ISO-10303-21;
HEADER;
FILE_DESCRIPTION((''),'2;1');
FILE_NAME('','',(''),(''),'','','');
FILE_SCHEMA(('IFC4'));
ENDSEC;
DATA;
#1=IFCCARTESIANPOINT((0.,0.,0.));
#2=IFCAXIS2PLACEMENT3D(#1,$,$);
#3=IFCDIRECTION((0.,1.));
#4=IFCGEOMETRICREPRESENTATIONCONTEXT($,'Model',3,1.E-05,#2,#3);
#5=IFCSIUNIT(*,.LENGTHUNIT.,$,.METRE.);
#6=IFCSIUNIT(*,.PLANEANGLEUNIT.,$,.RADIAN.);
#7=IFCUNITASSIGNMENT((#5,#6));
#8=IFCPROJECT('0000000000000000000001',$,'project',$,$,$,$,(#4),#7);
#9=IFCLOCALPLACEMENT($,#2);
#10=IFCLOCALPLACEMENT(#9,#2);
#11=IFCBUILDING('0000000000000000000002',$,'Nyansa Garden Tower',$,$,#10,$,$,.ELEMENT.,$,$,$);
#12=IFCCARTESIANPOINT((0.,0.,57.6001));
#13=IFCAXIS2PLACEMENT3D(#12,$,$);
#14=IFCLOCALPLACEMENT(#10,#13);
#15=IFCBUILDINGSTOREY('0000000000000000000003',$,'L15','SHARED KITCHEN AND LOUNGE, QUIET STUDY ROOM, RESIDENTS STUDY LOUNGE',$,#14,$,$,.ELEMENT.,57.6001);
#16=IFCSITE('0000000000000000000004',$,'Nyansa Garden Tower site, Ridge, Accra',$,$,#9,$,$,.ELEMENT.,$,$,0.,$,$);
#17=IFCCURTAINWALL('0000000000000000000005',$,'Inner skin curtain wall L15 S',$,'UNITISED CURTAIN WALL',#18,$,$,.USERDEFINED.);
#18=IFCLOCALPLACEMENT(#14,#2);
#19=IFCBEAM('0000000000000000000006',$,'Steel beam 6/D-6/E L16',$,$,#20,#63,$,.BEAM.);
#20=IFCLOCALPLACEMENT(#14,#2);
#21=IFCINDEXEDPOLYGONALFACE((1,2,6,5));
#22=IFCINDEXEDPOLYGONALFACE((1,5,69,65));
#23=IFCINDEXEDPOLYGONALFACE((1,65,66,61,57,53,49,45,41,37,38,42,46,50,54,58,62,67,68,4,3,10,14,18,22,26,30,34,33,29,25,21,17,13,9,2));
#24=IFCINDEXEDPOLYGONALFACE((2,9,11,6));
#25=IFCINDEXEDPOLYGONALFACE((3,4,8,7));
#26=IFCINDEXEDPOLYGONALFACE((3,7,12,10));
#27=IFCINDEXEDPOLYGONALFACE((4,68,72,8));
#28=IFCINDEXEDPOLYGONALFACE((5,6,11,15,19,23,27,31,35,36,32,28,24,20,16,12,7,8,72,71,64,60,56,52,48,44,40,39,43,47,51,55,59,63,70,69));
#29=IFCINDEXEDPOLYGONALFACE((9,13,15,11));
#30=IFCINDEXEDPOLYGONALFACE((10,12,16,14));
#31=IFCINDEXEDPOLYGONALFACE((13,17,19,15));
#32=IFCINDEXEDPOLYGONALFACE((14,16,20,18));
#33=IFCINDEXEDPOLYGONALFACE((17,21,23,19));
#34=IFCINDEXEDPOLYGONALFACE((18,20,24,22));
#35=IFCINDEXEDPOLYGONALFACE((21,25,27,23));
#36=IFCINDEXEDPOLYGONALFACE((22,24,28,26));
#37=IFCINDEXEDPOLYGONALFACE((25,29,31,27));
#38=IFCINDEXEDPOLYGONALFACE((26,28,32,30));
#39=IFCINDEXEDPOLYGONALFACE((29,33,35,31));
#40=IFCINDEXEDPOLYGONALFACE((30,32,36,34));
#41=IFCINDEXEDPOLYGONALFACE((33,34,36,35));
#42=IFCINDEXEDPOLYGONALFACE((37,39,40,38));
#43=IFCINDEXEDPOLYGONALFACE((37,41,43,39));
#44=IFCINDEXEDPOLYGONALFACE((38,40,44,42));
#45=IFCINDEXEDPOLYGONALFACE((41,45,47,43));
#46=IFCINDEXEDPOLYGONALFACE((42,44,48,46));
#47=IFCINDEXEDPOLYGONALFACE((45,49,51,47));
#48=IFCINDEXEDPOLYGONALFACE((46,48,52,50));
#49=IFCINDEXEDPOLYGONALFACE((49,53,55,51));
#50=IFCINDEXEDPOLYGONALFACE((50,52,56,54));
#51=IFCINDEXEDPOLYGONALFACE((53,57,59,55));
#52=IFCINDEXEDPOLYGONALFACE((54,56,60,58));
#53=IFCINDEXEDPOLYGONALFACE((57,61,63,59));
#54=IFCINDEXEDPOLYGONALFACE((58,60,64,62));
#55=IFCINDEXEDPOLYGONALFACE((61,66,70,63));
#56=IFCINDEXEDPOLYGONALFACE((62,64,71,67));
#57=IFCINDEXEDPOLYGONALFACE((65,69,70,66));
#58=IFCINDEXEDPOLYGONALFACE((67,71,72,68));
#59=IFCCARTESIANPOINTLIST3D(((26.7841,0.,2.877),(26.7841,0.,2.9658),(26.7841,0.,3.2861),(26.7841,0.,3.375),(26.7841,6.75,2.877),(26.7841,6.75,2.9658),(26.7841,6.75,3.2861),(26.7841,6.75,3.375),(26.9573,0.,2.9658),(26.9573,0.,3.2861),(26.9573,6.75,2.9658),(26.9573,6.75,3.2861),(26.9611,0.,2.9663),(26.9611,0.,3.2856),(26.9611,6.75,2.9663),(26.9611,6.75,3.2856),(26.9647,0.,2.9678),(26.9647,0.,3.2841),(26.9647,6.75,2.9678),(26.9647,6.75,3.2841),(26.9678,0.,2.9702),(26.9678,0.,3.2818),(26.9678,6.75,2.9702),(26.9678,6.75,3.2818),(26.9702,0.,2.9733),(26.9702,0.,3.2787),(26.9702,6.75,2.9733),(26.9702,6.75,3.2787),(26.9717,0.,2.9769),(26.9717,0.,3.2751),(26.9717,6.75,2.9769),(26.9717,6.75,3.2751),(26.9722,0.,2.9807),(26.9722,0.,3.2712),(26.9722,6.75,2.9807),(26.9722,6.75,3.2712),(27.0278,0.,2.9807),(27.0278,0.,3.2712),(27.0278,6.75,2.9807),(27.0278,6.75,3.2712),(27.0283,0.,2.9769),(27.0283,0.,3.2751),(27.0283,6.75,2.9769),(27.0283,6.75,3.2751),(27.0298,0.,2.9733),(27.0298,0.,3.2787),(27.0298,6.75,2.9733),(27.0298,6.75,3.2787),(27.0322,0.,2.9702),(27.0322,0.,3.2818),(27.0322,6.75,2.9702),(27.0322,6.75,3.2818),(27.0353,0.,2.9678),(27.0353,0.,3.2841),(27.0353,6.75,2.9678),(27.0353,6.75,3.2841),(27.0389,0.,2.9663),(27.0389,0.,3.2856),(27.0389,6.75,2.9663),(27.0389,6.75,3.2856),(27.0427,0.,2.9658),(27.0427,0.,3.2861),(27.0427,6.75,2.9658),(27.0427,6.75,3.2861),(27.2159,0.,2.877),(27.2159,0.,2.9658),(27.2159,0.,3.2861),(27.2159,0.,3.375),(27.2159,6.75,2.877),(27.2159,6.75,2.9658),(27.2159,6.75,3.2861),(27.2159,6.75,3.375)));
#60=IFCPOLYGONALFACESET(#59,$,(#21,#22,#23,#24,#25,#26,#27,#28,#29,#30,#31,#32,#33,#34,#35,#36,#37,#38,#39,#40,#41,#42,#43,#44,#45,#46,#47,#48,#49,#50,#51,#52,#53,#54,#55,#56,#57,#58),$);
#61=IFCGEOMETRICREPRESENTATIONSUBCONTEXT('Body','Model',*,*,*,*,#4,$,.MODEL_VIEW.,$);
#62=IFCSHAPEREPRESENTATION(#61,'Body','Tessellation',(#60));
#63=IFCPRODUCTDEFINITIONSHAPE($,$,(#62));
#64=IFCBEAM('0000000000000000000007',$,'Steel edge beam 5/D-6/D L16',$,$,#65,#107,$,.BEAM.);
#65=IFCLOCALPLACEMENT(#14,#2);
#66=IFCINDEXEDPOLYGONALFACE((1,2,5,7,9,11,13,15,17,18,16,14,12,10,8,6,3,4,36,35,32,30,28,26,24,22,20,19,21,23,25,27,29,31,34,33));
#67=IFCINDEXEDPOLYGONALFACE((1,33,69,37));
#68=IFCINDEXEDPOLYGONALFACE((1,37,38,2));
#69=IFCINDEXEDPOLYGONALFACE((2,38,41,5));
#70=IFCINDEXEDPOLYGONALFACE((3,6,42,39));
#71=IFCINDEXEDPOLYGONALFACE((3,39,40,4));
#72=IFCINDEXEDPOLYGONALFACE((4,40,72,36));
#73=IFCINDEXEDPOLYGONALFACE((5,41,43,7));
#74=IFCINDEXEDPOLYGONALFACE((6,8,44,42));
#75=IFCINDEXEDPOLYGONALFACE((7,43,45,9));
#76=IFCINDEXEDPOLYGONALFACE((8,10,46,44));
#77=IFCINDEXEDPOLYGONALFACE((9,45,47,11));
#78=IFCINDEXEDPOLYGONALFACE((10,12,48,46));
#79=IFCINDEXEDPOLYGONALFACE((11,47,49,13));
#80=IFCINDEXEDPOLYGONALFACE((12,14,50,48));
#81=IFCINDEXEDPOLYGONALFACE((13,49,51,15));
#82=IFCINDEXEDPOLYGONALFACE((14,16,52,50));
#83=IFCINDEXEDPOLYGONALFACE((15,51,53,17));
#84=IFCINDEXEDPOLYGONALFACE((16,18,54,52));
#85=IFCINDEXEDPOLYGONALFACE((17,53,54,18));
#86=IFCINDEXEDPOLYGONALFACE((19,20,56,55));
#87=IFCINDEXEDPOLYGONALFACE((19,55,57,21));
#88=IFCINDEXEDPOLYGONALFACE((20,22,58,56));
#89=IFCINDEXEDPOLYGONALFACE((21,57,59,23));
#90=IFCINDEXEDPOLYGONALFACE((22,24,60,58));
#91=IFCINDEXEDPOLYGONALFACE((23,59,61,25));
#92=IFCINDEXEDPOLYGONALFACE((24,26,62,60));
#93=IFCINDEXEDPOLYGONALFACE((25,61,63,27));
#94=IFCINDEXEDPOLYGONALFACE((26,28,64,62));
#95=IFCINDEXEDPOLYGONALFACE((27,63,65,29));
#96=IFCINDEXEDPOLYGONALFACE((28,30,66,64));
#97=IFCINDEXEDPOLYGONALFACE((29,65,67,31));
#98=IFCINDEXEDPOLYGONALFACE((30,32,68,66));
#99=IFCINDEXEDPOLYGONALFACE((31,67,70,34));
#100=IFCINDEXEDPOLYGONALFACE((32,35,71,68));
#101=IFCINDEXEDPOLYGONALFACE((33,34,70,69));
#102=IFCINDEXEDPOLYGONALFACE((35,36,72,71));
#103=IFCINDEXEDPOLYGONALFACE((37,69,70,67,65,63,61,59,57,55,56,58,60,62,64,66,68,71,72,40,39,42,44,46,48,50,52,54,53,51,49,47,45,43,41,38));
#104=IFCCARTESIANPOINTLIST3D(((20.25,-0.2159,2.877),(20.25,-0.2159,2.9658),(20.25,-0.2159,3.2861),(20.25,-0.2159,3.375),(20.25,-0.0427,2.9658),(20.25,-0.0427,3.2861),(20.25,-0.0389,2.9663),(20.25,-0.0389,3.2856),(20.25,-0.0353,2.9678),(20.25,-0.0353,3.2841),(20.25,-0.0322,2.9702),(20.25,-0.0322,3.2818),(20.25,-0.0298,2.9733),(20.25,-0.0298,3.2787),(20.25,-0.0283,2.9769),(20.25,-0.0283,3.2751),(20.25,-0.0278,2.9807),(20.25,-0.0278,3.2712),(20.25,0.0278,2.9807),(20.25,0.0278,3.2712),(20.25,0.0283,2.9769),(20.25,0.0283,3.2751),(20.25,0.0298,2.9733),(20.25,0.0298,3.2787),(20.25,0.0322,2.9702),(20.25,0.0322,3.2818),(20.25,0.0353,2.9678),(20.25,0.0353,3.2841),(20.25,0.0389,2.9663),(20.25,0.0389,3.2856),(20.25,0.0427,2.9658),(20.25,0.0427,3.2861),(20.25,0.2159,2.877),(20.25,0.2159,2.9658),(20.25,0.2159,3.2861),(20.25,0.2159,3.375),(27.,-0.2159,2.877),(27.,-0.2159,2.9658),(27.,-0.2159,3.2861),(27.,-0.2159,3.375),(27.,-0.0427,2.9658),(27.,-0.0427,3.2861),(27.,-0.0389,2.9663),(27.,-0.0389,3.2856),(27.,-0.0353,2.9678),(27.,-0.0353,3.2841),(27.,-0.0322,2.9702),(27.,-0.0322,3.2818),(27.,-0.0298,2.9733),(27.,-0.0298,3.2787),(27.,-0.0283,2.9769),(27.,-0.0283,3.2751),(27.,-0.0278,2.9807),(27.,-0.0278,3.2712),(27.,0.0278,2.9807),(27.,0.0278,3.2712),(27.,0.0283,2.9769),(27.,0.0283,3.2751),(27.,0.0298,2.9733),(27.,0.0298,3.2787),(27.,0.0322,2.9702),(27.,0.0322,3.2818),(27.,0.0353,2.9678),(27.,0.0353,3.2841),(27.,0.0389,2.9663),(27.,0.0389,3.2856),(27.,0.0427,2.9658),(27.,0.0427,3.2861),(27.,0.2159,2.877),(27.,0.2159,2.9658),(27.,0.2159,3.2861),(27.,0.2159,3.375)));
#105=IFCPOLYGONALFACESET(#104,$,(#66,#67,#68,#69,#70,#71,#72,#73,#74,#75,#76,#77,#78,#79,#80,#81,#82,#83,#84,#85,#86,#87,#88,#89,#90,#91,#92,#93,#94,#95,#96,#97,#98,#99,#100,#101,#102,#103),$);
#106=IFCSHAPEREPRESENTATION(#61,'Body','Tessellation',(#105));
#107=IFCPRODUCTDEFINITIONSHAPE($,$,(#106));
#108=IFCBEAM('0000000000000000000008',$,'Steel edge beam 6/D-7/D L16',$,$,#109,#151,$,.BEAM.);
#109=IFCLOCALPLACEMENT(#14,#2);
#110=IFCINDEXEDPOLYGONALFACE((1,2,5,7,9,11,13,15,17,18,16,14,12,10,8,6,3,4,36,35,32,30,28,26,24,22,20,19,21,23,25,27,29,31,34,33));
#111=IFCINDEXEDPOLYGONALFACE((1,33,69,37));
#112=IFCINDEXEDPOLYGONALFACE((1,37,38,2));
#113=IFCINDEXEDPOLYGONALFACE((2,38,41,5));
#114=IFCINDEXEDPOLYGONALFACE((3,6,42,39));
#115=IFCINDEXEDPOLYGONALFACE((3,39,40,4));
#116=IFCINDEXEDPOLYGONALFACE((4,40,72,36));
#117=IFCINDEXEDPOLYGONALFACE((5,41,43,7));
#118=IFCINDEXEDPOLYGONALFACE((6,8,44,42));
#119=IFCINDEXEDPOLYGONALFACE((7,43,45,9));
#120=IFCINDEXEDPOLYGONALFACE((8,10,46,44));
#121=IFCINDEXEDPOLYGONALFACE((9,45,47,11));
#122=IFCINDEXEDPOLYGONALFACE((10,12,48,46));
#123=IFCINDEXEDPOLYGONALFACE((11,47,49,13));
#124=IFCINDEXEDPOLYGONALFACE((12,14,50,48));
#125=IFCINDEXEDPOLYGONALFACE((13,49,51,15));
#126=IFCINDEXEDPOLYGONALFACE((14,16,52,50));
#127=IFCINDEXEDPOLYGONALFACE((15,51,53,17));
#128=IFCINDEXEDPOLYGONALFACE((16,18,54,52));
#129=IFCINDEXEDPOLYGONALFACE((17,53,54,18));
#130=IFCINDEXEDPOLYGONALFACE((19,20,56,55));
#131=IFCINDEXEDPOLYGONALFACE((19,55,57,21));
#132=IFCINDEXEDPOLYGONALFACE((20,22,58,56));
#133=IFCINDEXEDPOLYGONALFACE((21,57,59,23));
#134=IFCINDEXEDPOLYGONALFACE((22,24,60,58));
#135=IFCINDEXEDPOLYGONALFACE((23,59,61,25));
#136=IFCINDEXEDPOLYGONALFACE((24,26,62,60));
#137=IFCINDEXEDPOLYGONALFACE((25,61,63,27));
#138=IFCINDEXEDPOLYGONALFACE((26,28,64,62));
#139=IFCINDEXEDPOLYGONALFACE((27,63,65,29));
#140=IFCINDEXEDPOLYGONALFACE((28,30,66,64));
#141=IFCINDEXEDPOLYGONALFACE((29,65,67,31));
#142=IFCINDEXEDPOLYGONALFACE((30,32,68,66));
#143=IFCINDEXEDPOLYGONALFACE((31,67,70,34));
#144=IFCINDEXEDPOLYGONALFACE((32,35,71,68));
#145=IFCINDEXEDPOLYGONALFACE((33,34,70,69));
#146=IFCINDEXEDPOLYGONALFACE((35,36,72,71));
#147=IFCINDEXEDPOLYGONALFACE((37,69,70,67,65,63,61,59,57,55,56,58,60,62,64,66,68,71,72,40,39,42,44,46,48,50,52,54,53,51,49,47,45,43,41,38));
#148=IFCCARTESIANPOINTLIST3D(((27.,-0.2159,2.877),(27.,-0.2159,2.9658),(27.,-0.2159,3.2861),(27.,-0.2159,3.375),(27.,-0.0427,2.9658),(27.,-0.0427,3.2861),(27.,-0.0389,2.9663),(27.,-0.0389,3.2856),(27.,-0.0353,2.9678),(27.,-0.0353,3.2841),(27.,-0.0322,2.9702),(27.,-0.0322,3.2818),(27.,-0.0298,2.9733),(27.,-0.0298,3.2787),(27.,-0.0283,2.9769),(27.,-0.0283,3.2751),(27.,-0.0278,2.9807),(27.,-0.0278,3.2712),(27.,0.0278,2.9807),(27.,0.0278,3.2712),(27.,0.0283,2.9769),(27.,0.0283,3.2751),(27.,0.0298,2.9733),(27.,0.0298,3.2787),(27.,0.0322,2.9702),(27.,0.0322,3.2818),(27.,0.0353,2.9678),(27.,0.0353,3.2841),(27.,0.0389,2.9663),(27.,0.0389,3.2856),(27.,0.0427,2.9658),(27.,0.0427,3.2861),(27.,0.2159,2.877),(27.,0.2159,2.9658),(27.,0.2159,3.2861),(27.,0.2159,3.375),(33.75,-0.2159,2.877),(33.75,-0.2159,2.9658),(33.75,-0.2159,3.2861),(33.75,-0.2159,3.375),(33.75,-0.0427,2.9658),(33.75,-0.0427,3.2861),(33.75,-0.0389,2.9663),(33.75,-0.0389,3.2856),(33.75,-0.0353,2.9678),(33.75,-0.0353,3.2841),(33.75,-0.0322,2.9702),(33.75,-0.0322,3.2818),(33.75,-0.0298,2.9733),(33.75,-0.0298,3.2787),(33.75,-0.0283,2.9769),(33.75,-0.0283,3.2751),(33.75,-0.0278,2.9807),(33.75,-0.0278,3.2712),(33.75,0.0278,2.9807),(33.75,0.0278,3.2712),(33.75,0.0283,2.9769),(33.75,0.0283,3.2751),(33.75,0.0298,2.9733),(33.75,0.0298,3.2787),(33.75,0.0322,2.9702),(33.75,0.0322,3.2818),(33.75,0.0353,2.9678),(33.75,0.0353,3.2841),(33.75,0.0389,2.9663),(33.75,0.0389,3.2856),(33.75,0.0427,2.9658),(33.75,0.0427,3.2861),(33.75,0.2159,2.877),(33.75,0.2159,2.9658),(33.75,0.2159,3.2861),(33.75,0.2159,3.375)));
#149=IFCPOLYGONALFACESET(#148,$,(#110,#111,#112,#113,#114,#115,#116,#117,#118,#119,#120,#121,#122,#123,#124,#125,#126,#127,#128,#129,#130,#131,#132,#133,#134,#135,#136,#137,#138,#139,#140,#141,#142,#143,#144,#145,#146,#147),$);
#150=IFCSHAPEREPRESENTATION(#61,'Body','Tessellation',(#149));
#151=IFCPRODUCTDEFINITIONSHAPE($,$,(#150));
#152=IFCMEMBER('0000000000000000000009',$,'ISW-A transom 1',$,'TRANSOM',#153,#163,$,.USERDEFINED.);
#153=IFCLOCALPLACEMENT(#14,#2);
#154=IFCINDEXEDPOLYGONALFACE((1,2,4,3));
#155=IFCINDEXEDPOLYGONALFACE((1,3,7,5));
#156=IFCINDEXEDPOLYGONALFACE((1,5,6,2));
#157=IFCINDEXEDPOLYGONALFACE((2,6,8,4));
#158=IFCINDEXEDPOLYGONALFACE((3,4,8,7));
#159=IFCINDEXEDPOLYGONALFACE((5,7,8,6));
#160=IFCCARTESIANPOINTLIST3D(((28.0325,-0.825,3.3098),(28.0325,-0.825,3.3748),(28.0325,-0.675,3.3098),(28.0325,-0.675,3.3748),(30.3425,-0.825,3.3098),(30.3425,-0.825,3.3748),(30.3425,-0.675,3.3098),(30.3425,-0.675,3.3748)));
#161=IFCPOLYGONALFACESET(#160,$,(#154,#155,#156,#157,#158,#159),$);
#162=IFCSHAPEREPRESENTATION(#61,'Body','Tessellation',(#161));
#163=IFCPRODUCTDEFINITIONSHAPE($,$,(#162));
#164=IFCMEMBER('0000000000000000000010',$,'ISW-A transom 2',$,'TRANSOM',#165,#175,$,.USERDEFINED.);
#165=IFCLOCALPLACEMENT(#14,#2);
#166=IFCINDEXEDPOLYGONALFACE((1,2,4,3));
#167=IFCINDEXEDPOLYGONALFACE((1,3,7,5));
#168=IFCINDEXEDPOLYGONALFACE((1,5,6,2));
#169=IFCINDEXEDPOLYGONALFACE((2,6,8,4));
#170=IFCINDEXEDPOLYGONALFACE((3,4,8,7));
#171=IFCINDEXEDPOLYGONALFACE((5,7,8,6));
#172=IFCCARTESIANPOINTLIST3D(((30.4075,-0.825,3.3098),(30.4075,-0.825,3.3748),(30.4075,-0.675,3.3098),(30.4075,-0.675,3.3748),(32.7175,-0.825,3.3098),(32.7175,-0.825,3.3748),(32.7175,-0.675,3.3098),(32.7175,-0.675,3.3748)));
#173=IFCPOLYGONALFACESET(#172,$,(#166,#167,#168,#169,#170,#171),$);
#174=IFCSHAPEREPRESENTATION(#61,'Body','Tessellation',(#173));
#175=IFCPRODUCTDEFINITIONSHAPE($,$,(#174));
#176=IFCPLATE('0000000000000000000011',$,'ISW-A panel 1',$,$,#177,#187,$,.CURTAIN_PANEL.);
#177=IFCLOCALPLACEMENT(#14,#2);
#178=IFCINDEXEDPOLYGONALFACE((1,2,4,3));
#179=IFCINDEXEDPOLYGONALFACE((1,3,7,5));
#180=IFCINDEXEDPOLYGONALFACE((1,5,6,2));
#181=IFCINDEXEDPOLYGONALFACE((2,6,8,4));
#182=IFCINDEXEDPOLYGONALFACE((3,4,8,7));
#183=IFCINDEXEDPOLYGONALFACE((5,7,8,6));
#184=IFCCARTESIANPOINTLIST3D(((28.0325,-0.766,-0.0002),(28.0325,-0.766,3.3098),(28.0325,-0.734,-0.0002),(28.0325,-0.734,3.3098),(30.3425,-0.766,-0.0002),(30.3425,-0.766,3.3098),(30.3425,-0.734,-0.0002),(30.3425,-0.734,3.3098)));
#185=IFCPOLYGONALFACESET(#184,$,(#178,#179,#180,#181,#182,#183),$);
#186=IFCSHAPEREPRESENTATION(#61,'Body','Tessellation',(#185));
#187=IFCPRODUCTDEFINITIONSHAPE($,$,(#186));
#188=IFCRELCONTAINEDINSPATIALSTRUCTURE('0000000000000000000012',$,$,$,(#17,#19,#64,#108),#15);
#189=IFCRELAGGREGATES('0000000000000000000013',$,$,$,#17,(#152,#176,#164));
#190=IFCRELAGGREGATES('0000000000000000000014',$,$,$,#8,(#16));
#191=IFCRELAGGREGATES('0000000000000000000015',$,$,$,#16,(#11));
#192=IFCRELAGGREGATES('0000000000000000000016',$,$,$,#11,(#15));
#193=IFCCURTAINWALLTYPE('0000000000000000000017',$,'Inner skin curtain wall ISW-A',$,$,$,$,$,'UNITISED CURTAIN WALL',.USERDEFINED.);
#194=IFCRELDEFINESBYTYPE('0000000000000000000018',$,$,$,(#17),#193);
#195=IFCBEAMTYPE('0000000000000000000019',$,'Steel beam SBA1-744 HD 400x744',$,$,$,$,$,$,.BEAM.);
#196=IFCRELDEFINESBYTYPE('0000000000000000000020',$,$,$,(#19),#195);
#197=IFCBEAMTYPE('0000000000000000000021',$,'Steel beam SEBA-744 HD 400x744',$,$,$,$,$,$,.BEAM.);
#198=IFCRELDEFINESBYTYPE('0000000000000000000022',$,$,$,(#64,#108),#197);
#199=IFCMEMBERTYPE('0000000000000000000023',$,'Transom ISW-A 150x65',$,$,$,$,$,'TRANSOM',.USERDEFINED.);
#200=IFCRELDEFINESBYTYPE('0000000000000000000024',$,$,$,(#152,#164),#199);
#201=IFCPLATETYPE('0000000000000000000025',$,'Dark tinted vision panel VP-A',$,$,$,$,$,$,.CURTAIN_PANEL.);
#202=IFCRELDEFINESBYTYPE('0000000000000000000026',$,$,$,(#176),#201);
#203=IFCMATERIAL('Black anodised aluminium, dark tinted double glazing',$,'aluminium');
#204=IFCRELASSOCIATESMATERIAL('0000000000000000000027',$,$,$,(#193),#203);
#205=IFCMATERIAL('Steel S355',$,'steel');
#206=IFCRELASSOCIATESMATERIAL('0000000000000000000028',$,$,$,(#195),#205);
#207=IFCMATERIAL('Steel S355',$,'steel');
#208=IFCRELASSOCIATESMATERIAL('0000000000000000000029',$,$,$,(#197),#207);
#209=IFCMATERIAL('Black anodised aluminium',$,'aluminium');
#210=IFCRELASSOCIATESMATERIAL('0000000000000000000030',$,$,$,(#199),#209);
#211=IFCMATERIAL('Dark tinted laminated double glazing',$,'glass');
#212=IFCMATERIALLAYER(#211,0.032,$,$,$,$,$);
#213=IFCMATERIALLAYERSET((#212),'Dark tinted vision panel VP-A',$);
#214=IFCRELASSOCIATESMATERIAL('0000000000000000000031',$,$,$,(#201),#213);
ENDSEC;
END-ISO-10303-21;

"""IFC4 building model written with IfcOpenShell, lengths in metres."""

from ifc_helpers import new_model, si_unit, direction, frame, origin, origin_2d, place, context, subcontext, project, spatial, rectangle, i_section, extrude, material, layer, layer_set, material_profile, profile_set, type_object, element, aggregate, save


model = new_model("IFC4")

# Units and contexts
model_context = context("Model", 3, precision=1e-05, world=origin(), true_north=direction((0.0, 1.0)))
body_context = subcontext(model_context, "Body", "Model", "MODEL_VIEW")
ifc_project = project(units=[si_unit("LENGTHUNIT", "METRE"), si_unit("PLANEANGLEUNIT", "RADIAN")], contexts=[model_context])

# Site, building, storey
site_placement = place(None, origin())
site = spatial("IfcSite", under=ifc_project, at=site_placement, Name="Nyansa Garden Tower site, Ridge, Accra", CompositionType="ELEMENT", RefElevation=0.0)
building_placement = place(site_placement, origin())
building = spatial("IfcBuilding", under=site, at=building_placement, Name="Nyansa Garden Tower", CompositionType="ELEMENT")
storey_placement = place(building_placement, frame((0.0, 0.0, 57.6001)))
storey = spatial("IfcBuildingStorey", under=building, at=storey_placement, Name="L15", Description="SHARED KITCHEN AND LOUNGE, QUIET STUDY ROOM, RESIDENTS STUDY LOUNGE", CompositionType="ELEMENT", Elevation=57.6001)

# Curtain wall
ifc_material_1 = material(Name="Black anodised aluminium, dark tinted double glazing", Category="aluminium")
curtain_wall_type = type_object("IfcCurtainWallType", Name="Inner skin curtain wall ISW-A", ElementType="UNITISED CURTAIN WALL", PredefinedType="USERDEFINED", material=ifc_material_1)
curtain_wall_placement = place(storey_placement, origin())
curtain_wall = element("IfcCurtainWall", 1, at=curtain_wall_placement, inside=storey, type_object=curtain_wall_type, Name="Inner skin curtain wall L15 S", ObjectType="UNITISED CURTAIN WALL", PredefinedType="USERDEFINED")

# Beams
ifc_material_2 = material(Name="Steel S355", Category="steel")
ifc_material_profile_1 = material_profile(ifc_material_2, i_section(OverallWidth=0.4319, OverallDepth=0.498, WebThickness=0.0557, FlangeThickness=0.0889, FilletRadius=0.0149, at=origin_2d()), Name="HD 400x744")
ifc_profile_set_1 = profile_set([ifc_material_profile_1], Name="Steel S355")
beam_type_1 = type_object("IfcBeamType", Name="Steel beam SBA1-744 HD 400x744", PredefinedType="BEAM", material=ifc_profile_set_1)
beam_1_placement = place(storey_placement, frame((27.0, 0.0, 3.126), z_axis=(0.0, 1.0, 0.0), x_axis=(-1.0, 0.0, 0.0)))
element("IfcBeam", 2, at=beam_1_placement, inside=storey, type_object=beam_type_1, Name="Steel beam 6/D-6/E L16", PredefinedType="BEAM", context=body_context, shape_type="SweptSolid", body=[
    extrude(i_section(OverallWidth=0.4319, OverallDepth=0.498, WebThickness=0.0557, FlangeThickness=0.0889, FilletRadius=0.0149, at=origin_2d()), origin(), (0.0, 0.0, 1.0), 6.75),
])
ifc_material_3 = material(Name="Steel S355", Category="steel")
ifc_material_profile_2 = material_profile(ifc_material_3, i_section(OverallWidth=0.4319, OverallDepth=0.498, WebThickness=0.0557, FlangeThickness=0.0889, FilletRadius=0.0149, at=origin_2d()), Name="HD 400x744")
ifc_profile_set_2 = profile_set([ifc_material_profile_2], Name="Steel S355")
beam_type_2 = type_object("IfcBeamType", Name="Steel beam SEBA-744 HD 400x744", PredefinedType="BEAM", material=ifc_profile_set_2)
for number, where, z_axis, x_axis, name in (
    (3, (20.25, 0.0, 3.126), (1.0, 0.0, 0.0), (0.0, 1.0, 0.0), "Steel edge beam 5/D-6/D L16"),
    (4, (27.0, 0.0, 3.126), (1.0, 0.0, 0.0), (0.0, 1.0, 0.0), "Steel edge beam 6/D-7/D L16"),
):
    element("IfcBeam", number, at=place(storey_placement, frame(where, z_axis=z_axis, x_axis=x_axis)), inside=storey, type_object=beam_type_2, Name=name, PredefinedType="BEAM", context=body_context, shape_type="SweptSolid", body=[
        extrude(i_section(OverallWidth=0.4319, OverallDepth=0.498, WebThickness=0.0557, FlangeThickness=0.0889, FilletRadius=0.0149, at=origin_2d()), origin(), (0.0, 0.0, 1.0), 6.75),
    ])

# Members
ifc_material_4 = material(Name="Black anodised aluminium", Category="aluminium")
ifc_material_profile_3 = material_profile(ifc_material_4, rectangle(XDim=0.1499, YDim=0.0649, at=origin_2d()), Name="Transom 150x65")
ifc_profile_set_3 = profile_set([ifc_material_profile_3], Name="Black anodised aluminium")
member_type_1 = type_object("IfcMemberType", Name="Transom ISW-A 150x65", ElementType="TRANSOM", PredefinedType="USERDEFINED", material=ifc_profile_set_3)
member_1_placement = place(storey_placement, frame((28.0325, -0.75, 3.3423), z_axis=(1.0, 0.0, 0.0), x_axis=(0.0, 1.0, 0.0)))
member_1 = element("IfcMember", 5, at=member_1_placement, type_object=member_type_1, Name="ISW-A transom 1", ObjectType="TRANSOM", PredefinedType="USERDEFINED", context=body_context, shape_type="SweptSolid", body=[
    extrude(rectangle(XDim=0.1499, YDim=0.0649, at=origin_2d()), origin(), (0.0, 0.0, 1.0), 2.3101),
])
member_2_placement = place(storey_placement, frame((30.4075, -0.75, 3.3423), z_axis=(1.0, 0.0, 0.0), x_axis=(0.0, 1.0, 0.0)))
member_2 = element("IfcMember", 6, at=member_2_placement, type_object=member_type_1, Name="ISW-A transom 2", ObjectType="TRANSOM", PredefinedType="USERDEFINED", context=body_context, shape_type="SweptSolid", body=[
    extrude(rectangle(XDim=0.1499, YDim=0.0649, at=origin_2d()), origin(), (0.0, 0.0, 1.0), 2.3101),
])

# Plate
ifc_material_5 = material(Name="Dark tinted laminated double glazing", Category="glass")
ifc_layer_1 = layer(ifc_material_5, 0.032)
ifc_layer_set_1 = layer_set([ifc_layer_1], Name="Dark tinted vision panel VP-A")
plate_type = type_object("IfcPlateType", Name="Dark tinted vision panel VP-A", PredefinedType="CURTAIN_PANEL", material=ifc_layer_set_1)
plate_1_placement = place(storey_placement, frame((29.1875, -0.75, -0.0002), z_axis=(0.0, 0.0, 1.0), x_axis=(1.0, 0.0, 0.0)))
plate_1 = element("IfcPlate", 7, at=plate_1_placement, type_object=plate_type, Name="ISW-A panel 1", PredefinedType="CURTAIN_PANEL", context=body_context, shape_type="SweptSolid", body=[
    extrude(rectangle(XDim=2.3101, YDim=0.032, at=origin_2d()), origin(), (0.0, 0.0, 1.0), 3.3101),
])
aggregate(curtain_wall, [member_1, plate_1, member_2])

save(model, "model.ifc")
